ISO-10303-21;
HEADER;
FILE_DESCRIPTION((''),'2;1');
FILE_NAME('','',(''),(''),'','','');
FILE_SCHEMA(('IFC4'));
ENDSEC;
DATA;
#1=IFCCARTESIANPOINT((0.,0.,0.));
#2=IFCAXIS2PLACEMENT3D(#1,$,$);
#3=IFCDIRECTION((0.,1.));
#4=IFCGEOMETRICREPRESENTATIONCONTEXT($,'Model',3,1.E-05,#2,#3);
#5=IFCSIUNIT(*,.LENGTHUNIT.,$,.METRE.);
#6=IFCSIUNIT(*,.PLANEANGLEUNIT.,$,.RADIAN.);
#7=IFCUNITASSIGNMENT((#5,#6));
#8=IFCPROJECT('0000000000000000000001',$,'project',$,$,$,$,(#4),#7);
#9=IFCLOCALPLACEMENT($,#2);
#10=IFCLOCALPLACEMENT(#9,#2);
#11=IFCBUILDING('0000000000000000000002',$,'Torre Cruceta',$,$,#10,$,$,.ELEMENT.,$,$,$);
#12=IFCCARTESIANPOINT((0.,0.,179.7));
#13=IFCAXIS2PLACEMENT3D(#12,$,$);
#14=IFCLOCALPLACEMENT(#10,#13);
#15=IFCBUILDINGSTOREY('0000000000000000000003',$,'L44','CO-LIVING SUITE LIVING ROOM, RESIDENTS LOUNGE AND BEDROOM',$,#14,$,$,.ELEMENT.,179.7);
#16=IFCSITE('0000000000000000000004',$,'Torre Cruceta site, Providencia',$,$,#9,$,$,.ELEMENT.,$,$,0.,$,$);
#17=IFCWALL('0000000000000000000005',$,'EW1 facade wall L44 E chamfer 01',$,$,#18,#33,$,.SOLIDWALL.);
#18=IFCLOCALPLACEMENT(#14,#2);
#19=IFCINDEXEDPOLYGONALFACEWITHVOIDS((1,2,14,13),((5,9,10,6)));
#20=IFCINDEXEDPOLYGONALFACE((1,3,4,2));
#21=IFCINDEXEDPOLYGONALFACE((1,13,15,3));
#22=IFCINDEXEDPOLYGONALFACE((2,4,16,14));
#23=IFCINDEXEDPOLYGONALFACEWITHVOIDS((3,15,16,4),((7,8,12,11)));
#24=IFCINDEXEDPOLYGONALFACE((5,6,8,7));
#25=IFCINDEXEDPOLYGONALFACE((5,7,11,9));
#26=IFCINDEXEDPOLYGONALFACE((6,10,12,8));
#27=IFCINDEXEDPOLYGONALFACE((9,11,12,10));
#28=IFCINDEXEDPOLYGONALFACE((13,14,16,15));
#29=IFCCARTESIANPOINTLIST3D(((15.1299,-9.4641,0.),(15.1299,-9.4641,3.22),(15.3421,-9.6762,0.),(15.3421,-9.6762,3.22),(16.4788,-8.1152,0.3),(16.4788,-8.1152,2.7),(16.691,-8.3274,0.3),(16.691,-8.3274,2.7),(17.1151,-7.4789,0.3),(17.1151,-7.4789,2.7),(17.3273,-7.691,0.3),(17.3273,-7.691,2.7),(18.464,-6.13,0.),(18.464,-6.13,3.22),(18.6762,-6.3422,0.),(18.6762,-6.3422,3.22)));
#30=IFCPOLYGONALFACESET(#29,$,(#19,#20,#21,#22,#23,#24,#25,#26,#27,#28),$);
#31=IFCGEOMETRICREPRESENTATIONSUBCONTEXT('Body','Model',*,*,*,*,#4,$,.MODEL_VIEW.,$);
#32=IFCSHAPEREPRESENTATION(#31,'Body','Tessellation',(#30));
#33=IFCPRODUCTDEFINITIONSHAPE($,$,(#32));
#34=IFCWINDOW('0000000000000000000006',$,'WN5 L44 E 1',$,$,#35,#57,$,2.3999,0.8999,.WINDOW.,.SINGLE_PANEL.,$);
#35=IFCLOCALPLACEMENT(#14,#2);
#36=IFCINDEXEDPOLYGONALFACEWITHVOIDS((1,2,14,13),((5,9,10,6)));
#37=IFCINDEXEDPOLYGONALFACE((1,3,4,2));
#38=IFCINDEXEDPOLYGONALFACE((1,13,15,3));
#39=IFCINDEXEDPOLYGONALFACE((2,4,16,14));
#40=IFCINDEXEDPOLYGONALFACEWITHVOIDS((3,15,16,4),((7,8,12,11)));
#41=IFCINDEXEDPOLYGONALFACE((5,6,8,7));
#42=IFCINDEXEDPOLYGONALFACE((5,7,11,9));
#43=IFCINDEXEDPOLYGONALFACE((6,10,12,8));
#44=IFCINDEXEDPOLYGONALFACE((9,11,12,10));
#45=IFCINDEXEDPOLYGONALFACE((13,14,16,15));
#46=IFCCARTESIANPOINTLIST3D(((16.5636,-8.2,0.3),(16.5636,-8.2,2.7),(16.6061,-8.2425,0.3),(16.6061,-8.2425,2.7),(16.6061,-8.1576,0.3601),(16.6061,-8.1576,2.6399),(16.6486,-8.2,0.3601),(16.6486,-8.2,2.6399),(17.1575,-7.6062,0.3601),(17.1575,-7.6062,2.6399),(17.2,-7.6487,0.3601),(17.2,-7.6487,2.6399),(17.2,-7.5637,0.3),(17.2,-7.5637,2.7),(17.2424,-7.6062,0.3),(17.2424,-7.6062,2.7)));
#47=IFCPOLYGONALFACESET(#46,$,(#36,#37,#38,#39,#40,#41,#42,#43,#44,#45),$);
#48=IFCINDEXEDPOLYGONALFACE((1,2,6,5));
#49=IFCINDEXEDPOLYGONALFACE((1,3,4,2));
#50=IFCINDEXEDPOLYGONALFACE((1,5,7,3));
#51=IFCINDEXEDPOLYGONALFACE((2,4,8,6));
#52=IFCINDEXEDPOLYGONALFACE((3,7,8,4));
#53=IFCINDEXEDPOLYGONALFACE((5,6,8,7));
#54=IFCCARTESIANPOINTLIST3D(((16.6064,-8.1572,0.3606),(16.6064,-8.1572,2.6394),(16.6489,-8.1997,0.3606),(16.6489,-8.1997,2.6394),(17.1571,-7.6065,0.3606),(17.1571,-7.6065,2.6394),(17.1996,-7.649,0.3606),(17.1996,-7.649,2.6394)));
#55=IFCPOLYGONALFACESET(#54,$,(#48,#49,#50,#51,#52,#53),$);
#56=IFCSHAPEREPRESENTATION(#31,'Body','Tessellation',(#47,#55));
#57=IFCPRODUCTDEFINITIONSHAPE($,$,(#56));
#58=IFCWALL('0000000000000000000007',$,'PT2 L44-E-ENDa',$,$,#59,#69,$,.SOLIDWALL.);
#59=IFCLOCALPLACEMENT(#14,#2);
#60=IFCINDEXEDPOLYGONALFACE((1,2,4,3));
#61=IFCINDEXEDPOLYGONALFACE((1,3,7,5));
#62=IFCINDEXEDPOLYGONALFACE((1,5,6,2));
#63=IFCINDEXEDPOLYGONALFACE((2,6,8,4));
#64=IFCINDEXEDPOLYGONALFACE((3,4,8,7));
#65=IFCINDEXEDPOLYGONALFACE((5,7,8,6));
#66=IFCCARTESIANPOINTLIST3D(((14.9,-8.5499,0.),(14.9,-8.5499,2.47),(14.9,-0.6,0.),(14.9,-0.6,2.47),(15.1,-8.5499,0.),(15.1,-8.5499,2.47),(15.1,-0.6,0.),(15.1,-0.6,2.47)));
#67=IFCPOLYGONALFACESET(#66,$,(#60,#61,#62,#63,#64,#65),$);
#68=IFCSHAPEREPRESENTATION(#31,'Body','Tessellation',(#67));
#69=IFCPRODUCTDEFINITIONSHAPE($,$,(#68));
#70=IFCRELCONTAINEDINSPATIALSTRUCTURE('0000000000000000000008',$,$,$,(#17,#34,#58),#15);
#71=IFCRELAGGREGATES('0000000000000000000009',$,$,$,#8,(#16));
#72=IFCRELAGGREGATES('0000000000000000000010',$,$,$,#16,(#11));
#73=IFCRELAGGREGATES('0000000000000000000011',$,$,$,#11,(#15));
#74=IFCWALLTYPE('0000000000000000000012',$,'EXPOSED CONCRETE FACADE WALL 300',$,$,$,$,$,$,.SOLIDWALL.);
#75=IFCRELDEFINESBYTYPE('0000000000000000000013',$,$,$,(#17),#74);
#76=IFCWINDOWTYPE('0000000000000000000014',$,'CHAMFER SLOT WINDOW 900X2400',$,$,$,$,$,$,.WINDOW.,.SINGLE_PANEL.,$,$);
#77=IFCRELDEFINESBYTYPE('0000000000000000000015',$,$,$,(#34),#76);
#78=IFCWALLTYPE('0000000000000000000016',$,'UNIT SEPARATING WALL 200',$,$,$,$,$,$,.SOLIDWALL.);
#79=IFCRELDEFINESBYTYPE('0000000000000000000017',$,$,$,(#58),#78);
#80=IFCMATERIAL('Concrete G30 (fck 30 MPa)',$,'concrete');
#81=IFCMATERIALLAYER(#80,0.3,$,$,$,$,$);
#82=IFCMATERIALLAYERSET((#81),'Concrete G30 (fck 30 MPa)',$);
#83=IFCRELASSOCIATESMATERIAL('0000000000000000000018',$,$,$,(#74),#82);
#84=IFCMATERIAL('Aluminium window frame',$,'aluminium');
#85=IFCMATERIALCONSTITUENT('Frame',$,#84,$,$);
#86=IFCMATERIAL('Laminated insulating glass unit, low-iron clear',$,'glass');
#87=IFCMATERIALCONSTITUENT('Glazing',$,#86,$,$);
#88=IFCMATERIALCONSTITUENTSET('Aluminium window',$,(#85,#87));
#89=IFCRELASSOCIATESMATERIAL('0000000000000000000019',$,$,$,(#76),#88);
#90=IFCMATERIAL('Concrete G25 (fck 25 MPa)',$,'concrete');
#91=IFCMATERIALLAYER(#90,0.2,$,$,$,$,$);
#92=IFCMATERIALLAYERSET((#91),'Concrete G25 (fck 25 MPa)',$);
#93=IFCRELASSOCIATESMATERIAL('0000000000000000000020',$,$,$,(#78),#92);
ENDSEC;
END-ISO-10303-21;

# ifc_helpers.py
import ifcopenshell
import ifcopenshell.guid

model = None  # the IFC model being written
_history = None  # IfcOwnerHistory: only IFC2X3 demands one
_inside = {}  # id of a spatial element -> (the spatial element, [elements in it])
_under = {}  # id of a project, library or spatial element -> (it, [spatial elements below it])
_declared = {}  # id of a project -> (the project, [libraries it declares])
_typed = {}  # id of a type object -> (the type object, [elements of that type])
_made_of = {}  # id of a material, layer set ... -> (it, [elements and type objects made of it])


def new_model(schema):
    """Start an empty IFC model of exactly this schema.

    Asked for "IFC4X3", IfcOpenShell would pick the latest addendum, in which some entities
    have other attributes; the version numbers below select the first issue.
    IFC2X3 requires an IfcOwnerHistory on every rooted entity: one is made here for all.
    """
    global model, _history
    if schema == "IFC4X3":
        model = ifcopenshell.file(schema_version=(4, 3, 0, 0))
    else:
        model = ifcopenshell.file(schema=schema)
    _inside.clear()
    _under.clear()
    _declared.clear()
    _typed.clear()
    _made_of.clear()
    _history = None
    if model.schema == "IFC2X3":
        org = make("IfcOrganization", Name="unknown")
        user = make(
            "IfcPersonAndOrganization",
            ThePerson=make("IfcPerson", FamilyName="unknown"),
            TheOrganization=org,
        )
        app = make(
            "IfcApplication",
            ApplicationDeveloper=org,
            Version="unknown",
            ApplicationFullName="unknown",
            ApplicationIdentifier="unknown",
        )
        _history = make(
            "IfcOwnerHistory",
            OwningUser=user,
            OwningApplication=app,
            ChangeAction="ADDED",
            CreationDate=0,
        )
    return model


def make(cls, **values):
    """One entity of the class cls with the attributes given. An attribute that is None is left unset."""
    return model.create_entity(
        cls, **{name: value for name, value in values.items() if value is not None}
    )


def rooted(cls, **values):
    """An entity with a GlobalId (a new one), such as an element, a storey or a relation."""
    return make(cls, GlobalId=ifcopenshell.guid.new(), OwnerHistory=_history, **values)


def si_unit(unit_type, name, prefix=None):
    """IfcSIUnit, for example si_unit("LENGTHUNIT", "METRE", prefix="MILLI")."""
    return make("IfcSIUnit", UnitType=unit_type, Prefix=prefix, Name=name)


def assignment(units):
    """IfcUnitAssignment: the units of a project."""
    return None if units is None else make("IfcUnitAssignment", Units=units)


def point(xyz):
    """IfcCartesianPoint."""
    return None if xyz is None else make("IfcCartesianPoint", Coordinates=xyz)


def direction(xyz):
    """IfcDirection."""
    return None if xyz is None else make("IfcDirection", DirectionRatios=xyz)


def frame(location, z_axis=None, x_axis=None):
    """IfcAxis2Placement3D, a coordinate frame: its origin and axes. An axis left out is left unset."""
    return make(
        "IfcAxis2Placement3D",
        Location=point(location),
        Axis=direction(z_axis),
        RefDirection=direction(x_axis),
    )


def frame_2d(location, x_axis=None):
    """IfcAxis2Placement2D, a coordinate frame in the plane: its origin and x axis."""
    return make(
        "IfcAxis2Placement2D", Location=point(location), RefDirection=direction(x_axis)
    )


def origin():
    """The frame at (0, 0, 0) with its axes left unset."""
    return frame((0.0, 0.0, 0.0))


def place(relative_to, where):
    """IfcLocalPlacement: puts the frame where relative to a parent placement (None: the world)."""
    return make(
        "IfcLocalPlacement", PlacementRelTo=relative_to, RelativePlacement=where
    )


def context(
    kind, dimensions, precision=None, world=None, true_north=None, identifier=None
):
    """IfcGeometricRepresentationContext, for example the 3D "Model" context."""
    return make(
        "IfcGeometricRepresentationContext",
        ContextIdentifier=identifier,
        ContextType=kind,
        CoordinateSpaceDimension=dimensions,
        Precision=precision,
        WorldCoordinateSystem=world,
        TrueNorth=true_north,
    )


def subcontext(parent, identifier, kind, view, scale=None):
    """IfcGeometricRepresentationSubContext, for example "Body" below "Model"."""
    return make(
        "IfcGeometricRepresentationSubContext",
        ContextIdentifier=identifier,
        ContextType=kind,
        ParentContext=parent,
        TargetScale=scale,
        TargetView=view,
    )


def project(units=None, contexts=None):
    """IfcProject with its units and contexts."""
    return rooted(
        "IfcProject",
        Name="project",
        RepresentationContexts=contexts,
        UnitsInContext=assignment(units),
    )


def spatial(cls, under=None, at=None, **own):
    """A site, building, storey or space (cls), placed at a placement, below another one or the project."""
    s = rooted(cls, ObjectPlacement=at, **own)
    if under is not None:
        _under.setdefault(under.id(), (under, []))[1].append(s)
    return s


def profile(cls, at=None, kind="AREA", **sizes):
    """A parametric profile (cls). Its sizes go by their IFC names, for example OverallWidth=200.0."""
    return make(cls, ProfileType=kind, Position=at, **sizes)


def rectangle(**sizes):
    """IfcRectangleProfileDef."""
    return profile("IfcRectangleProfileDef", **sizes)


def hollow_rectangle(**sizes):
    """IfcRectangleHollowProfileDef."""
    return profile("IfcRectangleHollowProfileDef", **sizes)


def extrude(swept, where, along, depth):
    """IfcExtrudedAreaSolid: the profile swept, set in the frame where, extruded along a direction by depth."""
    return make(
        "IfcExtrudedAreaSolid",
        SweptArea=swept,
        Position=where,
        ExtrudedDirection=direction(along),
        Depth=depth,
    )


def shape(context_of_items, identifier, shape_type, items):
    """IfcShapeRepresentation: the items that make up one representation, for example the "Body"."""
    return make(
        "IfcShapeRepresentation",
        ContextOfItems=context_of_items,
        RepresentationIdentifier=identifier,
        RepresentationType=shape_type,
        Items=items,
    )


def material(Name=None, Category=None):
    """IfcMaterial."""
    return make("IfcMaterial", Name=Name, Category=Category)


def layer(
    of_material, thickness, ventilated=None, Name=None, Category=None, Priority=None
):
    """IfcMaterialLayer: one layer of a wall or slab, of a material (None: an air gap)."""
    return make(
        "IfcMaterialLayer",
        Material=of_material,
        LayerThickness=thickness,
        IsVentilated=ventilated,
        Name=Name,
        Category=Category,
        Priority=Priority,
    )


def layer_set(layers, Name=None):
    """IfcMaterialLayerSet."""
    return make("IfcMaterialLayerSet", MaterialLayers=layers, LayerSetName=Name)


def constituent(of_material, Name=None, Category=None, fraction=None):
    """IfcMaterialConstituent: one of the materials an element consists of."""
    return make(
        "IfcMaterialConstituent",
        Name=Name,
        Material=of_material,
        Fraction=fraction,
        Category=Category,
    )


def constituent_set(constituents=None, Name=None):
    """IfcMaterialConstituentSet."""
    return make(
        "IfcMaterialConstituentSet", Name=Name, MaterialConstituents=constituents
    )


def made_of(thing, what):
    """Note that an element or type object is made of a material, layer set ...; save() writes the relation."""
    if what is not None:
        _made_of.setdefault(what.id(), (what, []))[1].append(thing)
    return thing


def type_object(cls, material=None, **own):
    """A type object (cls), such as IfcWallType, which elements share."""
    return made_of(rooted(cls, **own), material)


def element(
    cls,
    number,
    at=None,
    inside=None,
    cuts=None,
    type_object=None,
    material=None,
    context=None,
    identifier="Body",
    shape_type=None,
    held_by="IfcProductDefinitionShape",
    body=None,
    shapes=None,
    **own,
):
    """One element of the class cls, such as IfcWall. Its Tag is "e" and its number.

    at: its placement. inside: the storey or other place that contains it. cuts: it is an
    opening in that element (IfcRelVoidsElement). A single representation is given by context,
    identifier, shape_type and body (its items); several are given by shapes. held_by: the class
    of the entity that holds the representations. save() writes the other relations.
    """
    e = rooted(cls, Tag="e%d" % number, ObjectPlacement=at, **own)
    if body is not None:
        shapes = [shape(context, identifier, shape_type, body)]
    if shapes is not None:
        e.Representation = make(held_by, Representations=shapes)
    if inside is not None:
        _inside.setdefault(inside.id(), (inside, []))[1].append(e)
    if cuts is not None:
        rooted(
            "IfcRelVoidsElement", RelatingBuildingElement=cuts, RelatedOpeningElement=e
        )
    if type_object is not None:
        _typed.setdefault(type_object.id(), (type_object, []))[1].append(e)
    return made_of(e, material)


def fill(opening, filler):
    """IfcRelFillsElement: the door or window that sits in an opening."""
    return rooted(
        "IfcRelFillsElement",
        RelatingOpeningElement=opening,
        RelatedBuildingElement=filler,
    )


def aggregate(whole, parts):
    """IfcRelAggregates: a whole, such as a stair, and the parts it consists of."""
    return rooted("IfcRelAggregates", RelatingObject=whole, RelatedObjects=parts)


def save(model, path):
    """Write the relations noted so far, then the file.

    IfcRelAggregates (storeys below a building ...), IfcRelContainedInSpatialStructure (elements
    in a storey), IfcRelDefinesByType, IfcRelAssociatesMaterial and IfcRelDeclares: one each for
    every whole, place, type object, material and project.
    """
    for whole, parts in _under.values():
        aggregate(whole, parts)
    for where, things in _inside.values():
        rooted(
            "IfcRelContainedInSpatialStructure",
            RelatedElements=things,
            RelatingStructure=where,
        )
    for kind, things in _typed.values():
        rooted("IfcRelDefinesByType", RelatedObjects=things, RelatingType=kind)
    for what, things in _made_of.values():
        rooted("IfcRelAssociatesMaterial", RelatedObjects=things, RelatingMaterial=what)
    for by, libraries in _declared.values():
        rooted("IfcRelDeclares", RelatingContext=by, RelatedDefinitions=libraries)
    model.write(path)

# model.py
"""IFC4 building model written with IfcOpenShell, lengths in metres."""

from ifc_helpers import new_model, si_unit, direction, frame, frame_2d, origin, place, context, subcontext, project, spatial, rectangle, hollow_rectangle, extrude, material, layer, layer_set, constituent, constituent_set, type_object, element, fill, save


model = new_model("IFC4")

# Units and contexts
model_context = context("Model", 3, precision=1e-05, world=origin(), true_north=direction((0.0, 1.0)))
body_context = subcontext(model_context, "Body", "Model", "MODEL_VIEW")
ifc_project = project(units=[si_unit("LENGTHUNIT", "METRE"), si_unit("PLANEANGLEUNIT", "RADIAN")], contexts=[model_context])

# Site, building, storey
site_placement = place(None, origin())
site = spatial("IfcSite", under=ifc_project, at=site_placement, Name="Torre Cruceta site, Providencia", CompositionType="ELEMENT", RefElevation=0.0)
building_placement = place(site_placement, origin())
building = spatial("IfcBuilding", under=site, at=building_placement, Name="Torre Cruceta", CompositionType="ELEMENT")
storey_placement = place(building_placement, frame((0.0, 0.0, 179.7)))
storey = spatial("IfcBuildingStorey", under=building, at=storey_placement, Name="L44", Description="CO-LIVING SUITE LIVING ROOM, RESIDENTS LOUNGE AND BEDROOM", CompositionType="ELEMENT", Elevation=179.7)

# Wall, opening, window
ifc_material_1 = material(Name="Concrete G30 (fck 30 MPa)", Category="concrete")
ifc_layer_1 = layer(ifc_material_1, 0.3)
ifc_layer_set_1 = layer_set([ifc_layer_1], Name="Concrete G30 (fck 30 MPa)")
wall_type_1 = type_object("IfcWallType", Name="EXPOSED CONCRETE FACADE WALL 300", PredefinedType="SOLIDWALL", material=ifc_layer_set_1)
wall_1_placement = place(storey_placement, frame((15.2361, -9.5701, 0.0), z_axis=(0.0, 0.0, 1.0), x_axis=(0.707107, 0.707107, 0.0)))
wall_1 = element("IfcWall", 1, at=wall_1_placement, inside=storey, type_object=wall_type_1, Name="EW1 facade wall L44 E chamfer 01", PredefinedType="SOLIDWALL", context=body_context, shape_type="SweptSolid", body=[
    extrude(rectangle(XDim=4.7151, YDim=0.3, at=frame_2d((2.3574, 0.0))), origin(), (0.0, 0.0, 1.0), 3.22),
])
opening_1_placement = place(wall_1_placement, frame((1.9075, 0.0, 0.3)))
opening_1 = element("IfcOpeningElement", 2, at=opening_1_placement, cuts=wall_1, PredefinedType="OPENING", context=body_context, shape_type="SweptSolid", body=[
    extrude(rectangle(XDim=0.8999, YDim=2.3999, at=frame_2d((0.45, 1.2))), frame((0.0, 0.1599, 0.0), z_axis=(0.0, -1.0, 0.0), x_axis=(1.0, 0.0, 0.0)), (0.0, 0.0, 1.0), 0.3201),
])
ifc_material_2 = material(Name="Aluminium window frame", Category="aluminium")
ifc_constituent_1 = constituent(ifc_material_2, Name="Frame")
ifc_material_3 = material(Name="Laminated insulating glass unit, low-iron clear", Category="glass")
ifc_constituent_2 = constituent(ifc_material_3, Name="Glazing")
ifc_constituent_set = constituent_set(constituents=[ifc_constituent_1, ifc_constituent_2], Name="Aluminium window")
window_type = type_object("IfcWindowType", Name="CHAMFER SLOT WINDOW 900X2400", PartitioningType="SINGLE_PANEL", PredefinedType="WINDOW", material=ifc_constituent_set)
window_placement = place(opening_1_placement, origin())
window = element("IfcWindow", 3, at=window_placement, inside=storey, type_object=window_type, Name="WN5 L44 E 1", OverallHeight=2.3999, OverallWidth=0.8999, PartitioningType="SINGLE_PANEL", PredefinedType="WINDOW", context=body_context, shape_type="SweptSolid", body=[
    extrude(hollow_rectangle(XDim=0.8999, YDim=2.3999, WallThickness=0.0601, at=frame_2d((0.45, 1.2))), frame((0.0, 0.03, 0.0), z_axis=(0.0, -1.0, 0.0), x_axis=(1.0, 0.0, 0.0)), (0.0, 0.0, 1.0), 0.0601),
    extrude(rectangle(XDim=0.7788, YDim=2.2788, at=frame_2d((0.45, 1.2))), frame((0.0, 0.03, 0.0), z_axis=(0.0, -1.0, 0.0), x_axis=(1.0, 0.0, 0.0)), (0.0, 0.0, 1.0), 0.0601),
])
fill(opening_1, window)

# Wall
ifc_material_4 = material(Name="Concrete G25 (fck 25 MPa)", Category="concrete")
ifc_layer_2 = layer(ifc_material_4, 0.2)
ifc_layer_set_2 = layer_set([ifc_layer_2], Name="Concrete G25 (fck 25 MPa)")
wall_type_2 = type_object("IfcWallType", Name="UNIT SEPARATING WALL 200", PredefinedType="SOLIDWALL", material=ifc_layer_set_2)
wall_2_placement = place(storey_placement, frame((15.0, -8.55, 0.0), z_axis=(0.0, 0.0, 1.0), x_axis=(0.0, 1.0, 0.0)))
element("IfcWall", 4, at=wall_2_placement, inside=storey, type_object=wall_type_2, Name="PT2 L44-E-ENDa", PredefinedType="SOLIDWALL", context=body_context, shape_type="SweptSolid", body=[
    extrude(rectangle(XDim=7.95, YDim=0.2, at=frame_2d((3.9751, 0.0))), origin(), (0.0, 0.0, 1.0), 2.47),
])

save(model, "model.ifc")
